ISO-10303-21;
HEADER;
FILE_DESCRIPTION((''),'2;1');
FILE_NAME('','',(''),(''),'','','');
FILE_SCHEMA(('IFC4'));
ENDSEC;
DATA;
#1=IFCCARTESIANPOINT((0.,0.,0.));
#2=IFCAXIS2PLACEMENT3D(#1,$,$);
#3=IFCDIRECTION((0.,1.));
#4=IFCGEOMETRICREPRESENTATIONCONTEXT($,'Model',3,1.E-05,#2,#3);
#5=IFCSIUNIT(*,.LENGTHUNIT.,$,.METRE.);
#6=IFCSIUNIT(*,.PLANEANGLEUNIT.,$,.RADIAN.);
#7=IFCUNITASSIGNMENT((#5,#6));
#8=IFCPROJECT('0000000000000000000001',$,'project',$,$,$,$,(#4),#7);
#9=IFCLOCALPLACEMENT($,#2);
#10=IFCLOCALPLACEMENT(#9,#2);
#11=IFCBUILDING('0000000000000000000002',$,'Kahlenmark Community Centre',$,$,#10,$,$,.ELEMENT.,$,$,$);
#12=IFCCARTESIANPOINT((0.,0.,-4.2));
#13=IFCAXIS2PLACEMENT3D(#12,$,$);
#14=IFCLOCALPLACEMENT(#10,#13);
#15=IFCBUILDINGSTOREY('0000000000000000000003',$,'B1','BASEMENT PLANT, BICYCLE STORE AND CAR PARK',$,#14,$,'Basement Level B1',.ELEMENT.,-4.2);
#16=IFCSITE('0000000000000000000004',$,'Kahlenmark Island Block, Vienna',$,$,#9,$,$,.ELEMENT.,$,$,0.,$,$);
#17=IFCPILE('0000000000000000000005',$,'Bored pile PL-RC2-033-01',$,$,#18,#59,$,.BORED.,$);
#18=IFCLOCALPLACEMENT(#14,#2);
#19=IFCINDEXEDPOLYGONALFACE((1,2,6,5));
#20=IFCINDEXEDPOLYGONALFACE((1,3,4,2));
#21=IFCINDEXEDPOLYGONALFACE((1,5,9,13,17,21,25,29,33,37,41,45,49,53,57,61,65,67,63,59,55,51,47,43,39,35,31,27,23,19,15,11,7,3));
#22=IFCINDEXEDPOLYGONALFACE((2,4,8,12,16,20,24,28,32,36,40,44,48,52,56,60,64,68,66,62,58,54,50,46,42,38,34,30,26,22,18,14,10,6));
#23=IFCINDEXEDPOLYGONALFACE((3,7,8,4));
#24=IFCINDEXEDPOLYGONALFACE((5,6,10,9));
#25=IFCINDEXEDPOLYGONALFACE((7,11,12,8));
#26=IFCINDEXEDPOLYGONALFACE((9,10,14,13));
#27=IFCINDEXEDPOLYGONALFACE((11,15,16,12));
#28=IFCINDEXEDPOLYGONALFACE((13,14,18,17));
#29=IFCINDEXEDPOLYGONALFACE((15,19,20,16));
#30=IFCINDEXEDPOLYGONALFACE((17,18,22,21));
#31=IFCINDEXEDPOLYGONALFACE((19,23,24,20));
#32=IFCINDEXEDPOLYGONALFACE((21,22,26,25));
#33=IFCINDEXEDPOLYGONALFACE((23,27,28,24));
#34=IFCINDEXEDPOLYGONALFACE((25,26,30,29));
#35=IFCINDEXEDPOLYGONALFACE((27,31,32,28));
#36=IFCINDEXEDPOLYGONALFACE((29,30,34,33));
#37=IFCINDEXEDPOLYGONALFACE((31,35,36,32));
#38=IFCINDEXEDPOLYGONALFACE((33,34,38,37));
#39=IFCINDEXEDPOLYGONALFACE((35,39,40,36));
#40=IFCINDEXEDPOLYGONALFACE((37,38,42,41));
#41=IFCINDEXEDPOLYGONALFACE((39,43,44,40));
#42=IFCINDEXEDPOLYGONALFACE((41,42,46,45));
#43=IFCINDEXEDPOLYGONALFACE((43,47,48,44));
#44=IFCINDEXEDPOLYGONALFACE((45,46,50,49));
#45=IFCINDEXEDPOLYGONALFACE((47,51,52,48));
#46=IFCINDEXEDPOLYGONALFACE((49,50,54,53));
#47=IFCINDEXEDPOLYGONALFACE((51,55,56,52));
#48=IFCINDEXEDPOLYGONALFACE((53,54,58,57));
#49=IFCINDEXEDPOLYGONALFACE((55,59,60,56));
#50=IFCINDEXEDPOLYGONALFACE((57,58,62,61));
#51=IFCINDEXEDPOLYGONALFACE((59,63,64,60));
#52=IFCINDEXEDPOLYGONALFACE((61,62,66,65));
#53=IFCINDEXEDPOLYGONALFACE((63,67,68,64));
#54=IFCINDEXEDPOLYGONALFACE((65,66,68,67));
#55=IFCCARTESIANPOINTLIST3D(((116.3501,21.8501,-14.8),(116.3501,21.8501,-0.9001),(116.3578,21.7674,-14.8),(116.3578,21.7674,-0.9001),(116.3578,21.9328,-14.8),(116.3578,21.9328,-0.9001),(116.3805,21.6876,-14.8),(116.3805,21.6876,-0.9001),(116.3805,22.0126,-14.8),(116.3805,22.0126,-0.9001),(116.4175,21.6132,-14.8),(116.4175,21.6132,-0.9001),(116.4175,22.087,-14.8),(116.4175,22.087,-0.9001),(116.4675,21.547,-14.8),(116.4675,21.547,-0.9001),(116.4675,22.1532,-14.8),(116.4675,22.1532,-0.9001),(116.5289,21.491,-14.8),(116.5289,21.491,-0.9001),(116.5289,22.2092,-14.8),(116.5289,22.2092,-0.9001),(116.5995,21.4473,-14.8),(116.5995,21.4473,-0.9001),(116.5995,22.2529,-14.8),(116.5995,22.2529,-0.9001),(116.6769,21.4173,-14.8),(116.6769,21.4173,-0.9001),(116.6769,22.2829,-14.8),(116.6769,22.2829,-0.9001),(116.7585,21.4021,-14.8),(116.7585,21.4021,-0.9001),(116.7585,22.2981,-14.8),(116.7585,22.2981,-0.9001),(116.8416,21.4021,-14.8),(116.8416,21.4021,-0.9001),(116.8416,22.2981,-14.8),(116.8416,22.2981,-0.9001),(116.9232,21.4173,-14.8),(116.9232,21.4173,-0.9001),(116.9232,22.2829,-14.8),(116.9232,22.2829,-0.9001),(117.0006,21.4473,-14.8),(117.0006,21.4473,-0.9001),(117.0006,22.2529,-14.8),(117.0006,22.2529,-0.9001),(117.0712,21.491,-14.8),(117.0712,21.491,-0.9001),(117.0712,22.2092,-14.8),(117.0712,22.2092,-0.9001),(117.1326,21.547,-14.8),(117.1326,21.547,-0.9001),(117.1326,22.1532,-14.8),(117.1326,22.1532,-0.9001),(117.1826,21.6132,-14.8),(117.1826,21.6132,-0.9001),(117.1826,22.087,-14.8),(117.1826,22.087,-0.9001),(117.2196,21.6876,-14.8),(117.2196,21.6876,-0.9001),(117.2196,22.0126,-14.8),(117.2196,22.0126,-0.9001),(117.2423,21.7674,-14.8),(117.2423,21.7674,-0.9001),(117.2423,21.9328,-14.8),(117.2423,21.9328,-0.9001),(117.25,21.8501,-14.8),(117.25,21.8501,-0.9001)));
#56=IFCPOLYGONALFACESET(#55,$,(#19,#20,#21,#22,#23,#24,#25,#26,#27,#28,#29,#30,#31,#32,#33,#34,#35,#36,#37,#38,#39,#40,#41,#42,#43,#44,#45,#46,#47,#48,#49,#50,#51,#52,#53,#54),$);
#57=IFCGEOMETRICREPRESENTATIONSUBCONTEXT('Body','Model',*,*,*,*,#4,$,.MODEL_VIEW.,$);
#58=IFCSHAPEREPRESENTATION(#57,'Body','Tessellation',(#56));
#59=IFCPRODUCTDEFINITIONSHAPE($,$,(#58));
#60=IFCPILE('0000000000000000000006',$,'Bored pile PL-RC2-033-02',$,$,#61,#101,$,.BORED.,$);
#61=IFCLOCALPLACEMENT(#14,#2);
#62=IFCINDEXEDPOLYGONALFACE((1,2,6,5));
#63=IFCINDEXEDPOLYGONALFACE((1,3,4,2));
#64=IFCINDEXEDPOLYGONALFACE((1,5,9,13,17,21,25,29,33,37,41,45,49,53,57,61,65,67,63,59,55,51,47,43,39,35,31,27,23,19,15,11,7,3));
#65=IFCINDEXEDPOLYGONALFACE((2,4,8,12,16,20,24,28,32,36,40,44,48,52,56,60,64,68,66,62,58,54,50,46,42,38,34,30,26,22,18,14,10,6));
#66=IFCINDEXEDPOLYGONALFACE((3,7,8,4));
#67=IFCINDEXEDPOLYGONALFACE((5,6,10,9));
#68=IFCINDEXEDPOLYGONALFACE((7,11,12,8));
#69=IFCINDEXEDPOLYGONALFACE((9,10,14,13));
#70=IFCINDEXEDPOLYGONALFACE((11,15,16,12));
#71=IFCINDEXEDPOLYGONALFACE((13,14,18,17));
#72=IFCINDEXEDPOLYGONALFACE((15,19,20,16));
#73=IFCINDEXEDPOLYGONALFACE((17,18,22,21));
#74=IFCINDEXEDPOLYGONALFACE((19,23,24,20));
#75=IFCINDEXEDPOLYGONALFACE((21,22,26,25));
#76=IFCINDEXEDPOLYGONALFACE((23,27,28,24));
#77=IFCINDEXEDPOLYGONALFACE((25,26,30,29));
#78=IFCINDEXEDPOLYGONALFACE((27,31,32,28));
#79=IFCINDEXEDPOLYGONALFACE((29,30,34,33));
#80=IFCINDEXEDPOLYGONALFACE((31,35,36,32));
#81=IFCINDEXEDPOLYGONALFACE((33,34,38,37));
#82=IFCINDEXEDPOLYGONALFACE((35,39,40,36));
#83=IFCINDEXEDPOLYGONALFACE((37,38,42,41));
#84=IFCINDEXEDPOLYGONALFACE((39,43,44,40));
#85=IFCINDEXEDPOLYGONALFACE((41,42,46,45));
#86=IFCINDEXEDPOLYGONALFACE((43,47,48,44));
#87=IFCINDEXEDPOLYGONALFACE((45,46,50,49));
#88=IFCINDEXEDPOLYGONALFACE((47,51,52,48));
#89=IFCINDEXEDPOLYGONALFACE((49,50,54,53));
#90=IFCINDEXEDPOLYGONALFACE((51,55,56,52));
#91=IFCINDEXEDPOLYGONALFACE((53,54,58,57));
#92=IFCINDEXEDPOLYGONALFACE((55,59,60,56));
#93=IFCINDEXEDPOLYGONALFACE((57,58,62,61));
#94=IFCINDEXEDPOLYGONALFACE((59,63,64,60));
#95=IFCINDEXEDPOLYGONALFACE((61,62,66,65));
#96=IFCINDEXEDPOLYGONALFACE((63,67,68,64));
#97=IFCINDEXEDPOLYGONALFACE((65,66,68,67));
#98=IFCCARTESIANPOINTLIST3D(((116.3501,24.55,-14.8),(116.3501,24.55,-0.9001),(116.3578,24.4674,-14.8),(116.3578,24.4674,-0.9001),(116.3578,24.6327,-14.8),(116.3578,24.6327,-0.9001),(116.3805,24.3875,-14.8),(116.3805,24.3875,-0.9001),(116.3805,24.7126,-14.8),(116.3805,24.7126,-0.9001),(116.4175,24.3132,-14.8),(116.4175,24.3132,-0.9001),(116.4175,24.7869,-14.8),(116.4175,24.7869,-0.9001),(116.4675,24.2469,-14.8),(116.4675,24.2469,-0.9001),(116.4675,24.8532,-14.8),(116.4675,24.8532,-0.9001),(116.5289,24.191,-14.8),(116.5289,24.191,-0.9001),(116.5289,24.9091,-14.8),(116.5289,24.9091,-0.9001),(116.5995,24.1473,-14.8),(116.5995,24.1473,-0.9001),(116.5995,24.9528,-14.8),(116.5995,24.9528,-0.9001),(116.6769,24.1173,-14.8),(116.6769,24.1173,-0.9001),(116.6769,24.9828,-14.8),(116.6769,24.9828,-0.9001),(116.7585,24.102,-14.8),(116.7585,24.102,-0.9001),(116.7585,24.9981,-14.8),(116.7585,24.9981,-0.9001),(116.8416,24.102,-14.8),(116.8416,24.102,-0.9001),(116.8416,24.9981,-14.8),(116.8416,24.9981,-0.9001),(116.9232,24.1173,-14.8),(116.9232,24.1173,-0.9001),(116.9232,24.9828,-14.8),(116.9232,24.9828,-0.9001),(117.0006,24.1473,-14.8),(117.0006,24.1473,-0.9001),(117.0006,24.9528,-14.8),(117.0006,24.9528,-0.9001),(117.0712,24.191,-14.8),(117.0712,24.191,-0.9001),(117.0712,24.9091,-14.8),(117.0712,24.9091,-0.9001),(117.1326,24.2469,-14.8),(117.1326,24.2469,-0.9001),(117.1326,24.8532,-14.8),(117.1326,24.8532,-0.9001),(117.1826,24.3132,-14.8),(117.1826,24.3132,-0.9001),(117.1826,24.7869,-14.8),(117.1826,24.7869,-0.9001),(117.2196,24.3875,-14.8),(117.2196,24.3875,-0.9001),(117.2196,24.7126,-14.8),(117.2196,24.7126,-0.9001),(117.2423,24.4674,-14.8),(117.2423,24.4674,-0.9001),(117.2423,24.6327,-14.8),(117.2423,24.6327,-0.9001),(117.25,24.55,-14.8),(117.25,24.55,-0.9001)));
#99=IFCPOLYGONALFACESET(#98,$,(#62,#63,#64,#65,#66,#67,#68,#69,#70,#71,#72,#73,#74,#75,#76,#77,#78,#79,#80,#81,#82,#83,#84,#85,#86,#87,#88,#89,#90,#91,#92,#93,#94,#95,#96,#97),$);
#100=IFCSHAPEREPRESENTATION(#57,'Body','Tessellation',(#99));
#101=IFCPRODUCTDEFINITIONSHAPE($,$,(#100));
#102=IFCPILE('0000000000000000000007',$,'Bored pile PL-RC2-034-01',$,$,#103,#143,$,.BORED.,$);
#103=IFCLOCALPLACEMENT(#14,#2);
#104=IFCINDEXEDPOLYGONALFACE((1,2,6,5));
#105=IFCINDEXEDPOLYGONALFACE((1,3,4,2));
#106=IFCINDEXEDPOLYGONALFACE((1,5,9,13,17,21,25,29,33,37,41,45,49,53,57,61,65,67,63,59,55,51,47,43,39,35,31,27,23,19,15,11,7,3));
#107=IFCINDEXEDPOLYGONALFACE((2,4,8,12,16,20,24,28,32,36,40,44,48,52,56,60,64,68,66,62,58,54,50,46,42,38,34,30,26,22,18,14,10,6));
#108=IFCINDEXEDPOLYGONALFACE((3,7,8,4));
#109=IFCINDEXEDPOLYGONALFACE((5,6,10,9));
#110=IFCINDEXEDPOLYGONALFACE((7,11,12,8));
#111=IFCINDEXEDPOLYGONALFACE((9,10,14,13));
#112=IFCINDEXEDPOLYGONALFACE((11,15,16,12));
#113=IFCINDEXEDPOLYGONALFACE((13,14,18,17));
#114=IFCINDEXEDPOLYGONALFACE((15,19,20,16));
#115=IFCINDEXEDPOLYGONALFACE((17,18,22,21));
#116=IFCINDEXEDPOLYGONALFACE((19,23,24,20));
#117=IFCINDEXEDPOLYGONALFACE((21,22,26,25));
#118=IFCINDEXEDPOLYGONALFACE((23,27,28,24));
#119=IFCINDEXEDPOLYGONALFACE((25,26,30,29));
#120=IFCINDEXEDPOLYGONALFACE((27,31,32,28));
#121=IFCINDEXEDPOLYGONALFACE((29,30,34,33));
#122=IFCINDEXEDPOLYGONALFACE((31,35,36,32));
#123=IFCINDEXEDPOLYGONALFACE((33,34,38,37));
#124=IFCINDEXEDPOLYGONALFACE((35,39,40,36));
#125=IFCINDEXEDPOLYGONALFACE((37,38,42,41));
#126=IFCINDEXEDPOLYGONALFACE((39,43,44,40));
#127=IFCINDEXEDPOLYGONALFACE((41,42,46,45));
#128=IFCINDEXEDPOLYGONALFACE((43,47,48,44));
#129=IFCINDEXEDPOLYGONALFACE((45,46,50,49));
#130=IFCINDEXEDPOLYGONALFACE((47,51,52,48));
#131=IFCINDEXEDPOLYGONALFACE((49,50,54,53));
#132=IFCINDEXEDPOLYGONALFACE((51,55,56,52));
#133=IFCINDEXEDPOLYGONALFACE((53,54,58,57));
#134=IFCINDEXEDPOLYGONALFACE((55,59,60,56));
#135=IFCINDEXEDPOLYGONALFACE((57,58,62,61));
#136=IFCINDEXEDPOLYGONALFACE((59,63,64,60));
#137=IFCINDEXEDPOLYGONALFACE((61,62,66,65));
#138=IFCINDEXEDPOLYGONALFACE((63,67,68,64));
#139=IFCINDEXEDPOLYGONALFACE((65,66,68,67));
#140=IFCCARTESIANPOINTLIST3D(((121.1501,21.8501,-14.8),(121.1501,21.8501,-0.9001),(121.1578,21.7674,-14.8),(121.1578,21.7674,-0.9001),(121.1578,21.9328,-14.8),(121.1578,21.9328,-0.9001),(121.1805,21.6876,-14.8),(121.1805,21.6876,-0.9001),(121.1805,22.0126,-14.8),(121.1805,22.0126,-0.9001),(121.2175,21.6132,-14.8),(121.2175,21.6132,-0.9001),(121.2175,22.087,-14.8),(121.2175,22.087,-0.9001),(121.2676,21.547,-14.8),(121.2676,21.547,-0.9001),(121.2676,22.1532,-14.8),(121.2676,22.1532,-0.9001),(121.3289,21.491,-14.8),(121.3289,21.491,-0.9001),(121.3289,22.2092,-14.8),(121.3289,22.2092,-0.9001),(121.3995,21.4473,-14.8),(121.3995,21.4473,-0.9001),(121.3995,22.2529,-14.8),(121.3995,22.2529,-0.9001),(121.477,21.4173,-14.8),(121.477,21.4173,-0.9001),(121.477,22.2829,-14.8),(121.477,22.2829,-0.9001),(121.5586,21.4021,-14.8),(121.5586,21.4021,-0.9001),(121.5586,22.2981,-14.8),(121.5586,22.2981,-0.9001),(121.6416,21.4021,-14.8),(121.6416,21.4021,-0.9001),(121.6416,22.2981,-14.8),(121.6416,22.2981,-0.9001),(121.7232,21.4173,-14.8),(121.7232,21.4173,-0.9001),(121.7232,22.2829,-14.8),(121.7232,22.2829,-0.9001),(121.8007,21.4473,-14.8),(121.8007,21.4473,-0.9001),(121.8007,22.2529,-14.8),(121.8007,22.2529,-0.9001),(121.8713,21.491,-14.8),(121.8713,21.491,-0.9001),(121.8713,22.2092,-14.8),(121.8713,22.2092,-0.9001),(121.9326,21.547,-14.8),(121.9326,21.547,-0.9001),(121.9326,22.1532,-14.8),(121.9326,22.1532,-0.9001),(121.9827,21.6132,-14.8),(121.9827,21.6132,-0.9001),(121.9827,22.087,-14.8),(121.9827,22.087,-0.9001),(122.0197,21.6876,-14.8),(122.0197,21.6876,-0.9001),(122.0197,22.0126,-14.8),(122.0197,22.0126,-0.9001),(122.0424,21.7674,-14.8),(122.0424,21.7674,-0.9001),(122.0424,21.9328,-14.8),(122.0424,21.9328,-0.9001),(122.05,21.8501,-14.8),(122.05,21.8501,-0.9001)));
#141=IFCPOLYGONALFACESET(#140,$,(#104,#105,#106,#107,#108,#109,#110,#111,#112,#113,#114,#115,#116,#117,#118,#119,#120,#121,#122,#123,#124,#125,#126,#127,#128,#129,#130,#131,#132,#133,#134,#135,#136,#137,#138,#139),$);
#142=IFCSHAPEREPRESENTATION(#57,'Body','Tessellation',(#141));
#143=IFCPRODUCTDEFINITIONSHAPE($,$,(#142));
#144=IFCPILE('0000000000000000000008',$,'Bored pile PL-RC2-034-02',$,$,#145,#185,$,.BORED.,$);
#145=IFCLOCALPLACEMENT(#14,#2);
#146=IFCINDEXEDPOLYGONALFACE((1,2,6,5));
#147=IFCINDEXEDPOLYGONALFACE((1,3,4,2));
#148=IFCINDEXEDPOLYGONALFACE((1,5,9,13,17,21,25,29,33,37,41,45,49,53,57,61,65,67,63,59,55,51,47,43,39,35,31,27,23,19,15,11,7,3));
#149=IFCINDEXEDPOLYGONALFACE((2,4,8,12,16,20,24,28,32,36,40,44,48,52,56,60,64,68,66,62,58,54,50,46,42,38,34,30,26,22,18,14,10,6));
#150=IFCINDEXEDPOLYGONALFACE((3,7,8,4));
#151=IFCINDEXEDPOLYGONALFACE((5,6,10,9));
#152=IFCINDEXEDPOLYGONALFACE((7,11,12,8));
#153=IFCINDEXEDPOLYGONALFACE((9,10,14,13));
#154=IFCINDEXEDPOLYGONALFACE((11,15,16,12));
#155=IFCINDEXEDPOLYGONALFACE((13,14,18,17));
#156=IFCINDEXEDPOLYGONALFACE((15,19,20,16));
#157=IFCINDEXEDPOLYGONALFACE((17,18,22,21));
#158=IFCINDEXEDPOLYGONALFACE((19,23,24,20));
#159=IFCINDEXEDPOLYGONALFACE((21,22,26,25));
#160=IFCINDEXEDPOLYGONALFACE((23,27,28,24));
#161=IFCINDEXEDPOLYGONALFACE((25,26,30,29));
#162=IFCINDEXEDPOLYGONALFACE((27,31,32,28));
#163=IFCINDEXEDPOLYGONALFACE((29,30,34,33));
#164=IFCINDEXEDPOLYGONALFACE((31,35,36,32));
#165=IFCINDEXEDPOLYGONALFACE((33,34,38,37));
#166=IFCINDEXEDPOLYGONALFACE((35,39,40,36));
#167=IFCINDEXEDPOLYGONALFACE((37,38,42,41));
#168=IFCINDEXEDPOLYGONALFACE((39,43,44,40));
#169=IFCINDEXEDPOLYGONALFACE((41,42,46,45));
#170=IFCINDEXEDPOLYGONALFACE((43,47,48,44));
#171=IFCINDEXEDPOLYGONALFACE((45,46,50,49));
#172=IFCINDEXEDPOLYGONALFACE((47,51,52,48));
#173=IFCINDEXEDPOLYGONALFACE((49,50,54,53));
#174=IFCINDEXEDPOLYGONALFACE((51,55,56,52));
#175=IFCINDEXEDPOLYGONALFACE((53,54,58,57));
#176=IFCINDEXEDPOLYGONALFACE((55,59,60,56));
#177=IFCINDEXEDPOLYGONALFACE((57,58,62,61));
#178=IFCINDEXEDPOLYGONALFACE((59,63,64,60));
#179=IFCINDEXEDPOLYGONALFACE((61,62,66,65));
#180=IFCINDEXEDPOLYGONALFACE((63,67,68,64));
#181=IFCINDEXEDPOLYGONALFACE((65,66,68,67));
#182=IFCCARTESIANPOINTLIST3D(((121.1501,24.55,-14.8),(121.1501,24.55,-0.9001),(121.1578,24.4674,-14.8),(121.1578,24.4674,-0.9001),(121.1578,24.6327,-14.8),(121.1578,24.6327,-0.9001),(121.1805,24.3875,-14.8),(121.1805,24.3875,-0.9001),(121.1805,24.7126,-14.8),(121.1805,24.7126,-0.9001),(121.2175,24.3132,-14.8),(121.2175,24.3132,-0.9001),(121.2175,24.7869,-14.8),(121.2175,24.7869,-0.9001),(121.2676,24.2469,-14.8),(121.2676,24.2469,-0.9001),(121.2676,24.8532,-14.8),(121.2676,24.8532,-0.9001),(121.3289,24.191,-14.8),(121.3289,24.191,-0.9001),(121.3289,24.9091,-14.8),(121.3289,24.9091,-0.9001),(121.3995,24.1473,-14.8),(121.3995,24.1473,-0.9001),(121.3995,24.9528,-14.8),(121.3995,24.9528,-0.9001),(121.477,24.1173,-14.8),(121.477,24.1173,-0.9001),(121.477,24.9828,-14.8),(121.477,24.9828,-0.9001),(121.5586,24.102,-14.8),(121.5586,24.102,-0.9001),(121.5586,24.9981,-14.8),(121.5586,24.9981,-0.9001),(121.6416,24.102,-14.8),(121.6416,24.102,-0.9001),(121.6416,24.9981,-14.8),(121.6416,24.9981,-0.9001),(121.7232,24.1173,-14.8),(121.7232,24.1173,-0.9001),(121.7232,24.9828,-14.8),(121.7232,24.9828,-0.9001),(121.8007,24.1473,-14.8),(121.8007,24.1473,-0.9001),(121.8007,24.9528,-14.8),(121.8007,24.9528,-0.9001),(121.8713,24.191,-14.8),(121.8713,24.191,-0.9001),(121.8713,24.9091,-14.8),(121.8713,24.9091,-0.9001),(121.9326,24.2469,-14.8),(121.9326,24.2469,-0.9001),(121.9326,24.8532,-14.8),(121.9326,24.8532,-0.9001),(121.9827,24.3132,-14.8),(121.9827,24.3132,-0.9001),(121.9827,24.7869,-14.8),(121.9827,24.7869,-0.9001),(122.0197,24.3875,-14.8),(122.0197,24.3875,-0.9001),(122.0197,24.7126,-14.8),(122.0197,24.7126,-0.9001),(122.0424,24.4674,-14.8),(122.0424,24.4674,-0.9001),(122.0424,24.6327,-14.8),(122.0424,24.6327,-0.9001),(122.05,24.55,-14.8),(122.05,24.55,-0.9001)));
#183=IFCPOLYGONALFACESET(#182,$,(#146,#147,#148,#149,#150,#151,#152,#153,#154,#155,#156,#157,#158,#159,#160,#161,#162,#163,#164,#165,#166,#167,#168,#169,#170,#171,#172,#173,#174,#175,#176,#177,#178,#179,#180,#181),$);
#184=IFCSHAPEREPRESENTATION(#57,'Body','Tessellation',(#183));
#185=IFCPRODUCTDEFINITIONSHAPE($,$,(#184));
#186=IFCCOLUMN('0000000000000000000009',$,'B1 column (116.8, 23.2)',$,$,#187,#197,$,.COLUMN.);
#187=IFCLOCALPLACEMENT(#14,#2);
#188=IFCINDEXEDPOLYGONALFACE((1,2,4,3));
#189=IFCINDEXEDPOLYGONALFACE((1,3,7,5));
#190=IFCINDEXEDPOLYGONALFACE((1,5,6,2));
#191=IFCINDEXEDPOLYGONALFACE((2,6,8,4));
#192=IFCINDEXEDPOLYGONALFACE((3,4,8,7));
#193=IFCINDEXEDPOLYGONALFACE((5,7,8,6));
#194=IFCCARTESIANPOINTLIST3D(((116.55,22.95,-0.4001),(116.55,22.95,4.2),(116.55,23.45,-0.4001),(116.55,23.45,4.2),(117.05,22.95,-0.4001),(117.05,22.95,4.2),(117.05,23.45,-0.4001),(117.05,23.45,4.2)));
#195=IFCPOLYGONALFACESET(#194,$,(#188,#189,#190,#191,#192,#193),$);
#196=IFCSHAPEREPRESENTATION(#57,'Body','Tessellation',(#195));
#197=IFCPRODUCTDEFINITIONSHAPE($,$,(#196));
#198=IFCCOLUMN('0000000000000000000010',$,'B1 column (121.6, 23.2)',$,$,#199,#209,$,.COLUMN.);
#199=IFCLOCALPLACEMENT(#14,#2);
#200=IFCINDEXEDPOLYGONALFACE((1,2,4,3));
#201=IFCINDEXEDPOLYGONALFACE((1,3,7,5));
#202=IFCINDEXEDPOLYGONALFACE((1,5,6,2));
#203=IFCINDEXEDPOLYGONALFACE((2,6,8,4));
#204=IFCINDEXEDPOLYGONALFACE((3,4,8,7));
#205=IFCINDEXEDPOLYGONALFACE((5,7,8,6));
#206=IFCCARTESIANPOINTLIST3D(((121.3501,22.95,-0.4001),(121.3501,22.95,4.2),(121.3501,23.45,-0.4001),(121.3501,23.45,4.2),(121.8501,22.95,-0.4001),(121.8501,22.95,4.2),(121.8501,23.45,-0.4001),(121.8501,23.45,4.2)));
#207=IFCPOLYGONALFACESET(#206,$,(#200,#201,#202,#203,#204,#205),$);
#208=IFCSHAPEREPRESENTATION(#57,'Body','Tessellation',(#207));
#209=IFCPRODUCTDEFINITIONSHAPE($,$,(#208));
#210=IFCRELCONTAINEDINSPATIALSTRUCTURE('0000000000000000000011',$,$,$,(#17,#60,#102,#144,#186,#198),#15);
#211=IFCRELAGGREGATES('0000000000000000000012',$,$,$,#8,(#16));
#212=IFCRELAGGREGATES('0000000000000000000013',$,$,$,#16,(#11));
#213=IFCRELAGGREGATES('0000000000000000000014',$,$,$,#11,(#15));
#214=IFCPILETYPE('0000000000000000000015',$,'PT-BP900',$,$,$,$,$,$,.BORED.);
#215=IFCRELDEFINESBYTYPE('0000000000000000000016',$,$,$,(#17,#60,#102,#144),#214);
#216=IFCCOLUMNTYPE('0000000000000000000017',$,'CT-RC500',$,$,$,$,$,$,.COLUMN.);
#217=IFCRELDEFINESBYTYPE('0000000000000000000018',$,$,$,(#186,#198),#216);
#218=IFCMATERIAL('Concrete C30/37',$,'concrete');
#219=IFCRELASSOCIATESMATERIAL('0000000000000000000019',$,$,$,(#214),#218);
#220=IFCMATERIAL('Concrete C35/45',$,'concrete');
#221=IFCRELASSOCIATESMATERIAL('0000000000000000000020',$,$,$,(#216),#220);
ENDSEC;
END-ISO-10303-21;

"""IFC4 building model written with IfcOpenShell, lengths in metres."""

from ifc_helpers import new_model, si_unit, direction, frame, origin, origin_2d, place, context, subcontext, project, spatial, rectangle, circle, extrude, material, material_profile, profile_set, type_object, element, save


model = new_model("IFC4")

# Units and contexts
model_context = context("Model", 3, precision=1e-05, world=origin(), true_north=direction((0.0, 1.0)))
body_context = subcontext(model_context, "Body", "Model", "MODEL_VIEW")
ifc_project = project(units=[si_unit("LENGTHUNIT", "METRE"), si_unit("PLANEANGLEUNIT", "RADIAN")], contexts=[model_context])

# Site, building, storey
site_placement = place(None, origin())
site = spatial("IfcSite", under=ifc_project, at=site_placement, Name="Kahlenmark Island Block, Vienna", CompositionType="ELEMENT", RefElevation=0.0)
building_placement = place(site_placement, origin())
building = spatial("IfcBuilding", under=site, at=building_placement, Name="Kahlenmark Community Centre", CompositionType="ELEMENT")
storey_placement = place(building_placement, frame((0.0, 0.0, -4.2)))
storey = spatial("IfcBuildingStorey", under=building, at=storey_placement, Name="B1", Description="BASEMENT PLANT, BICYCLE STORE AND CAR PARK", LongName="Basement Level B1", CompositionType="ELEMENT", Elevation=-4.2)

# Shared definitions
ifc_material_1 = material(Name="Concrete C30/37", Category="concrete")

# Piles
ifc_material_profile_1 = material_profile(ifc_material_1, circle(Radius=0.45, at=origin_2d()), Name="BORED PILE 900")
ifc_profile_set_1 = profile_set([ifc_material_profile_1], Name="Concrete C30/37")
pile_type_1 = type_object("IfcPileType", Name="PT-BP900", PredefinedType="BORED", material=ifc_profile_set_1)
for number, where, z_axis, x_axis, name in (
    (1, (116.8, 21.8501, -0.9001), (0.0, 0.0, -1.0), (1.0, 0.0, 0.0), "Bored pile PL-RC2-033-01"),
    (2, (116.8, 24.55, -0.9001), (0.0, 0.0, -1.0), (1.0, 0.0, 0.0), "Bored pile PL-RC2-033-02"),
    (3, (121.6001, 21.8501, -0.9001), (0.0, 0.0, -1.0), (1.0, 0.0, 0.0), "Bored pile PL-RC2-034-01"),
    (4, (121.6001, 24.55, -0.9001), (0.0, 0.0, -1.0), (1.0, 0.0, 0.0), "Bored pile PL-RC2-034-02"),
):
    element("IfcPile", number, at=place(storey_placement, frame(where, z_axis=z_axis, x_axis=x_axis)), inside=storey, type_object=pile_type_1, Name=name, PredefinedType="BORED", context=body_context, shape_type="SweptSolid", body=[
        extrude(circle(Radius=0.45, at=origin_2d()), origin(), (0.0, 0.0, 1.0), 13.8999),
    ])

# Columns
ifc_material_2 = material(Name="Concrete C35/45", Category="concrete")
ifc_material_profile_2 = material_profile(ifc_material_2, rectangle(XDim=0.5, YDim=0.5, at=origin_2d()), Name="RC 500x500")
ifc_profile_set_2 = profile_set([ifc_material_profile_2], Name="Concrete C35/45")
column_type = type_object("IfcColumnType", Name="CT-RC500", PredefinedType="COLUMN", material=ifc_profile_set_2)
for number, where, z_axis, x_axis, name in (
    (5, (116.8, 23.2, -0.4001), (0.0, 0.0, 1.0), (1.0, 0.0, 0.0), "B1 column (116.8, 23.2)"),
    (6, (121.6001, 23.2, -0.4001), (0.0, 0.0, 1.0), (1.0, 0.0, 0.0), "B1 column (121.6, 23.2)"),
):
    element("IfcColumn", number, at=place(storey_placement, frame(where, z_axis=z_axis, x_axis=x_axis)), inside=storey, type_object=column_type, Name=name, PredefinedType="COLUMN", context=body_context, shape_type="SweptSolid", body=[
        extrude(rectangle(XDim=0.5, YDim=0.5, at=origin_2d()), origin(), (0.0, 0.0, 1.0), 4.6001),
    ])

save(model, "model.ifc")
